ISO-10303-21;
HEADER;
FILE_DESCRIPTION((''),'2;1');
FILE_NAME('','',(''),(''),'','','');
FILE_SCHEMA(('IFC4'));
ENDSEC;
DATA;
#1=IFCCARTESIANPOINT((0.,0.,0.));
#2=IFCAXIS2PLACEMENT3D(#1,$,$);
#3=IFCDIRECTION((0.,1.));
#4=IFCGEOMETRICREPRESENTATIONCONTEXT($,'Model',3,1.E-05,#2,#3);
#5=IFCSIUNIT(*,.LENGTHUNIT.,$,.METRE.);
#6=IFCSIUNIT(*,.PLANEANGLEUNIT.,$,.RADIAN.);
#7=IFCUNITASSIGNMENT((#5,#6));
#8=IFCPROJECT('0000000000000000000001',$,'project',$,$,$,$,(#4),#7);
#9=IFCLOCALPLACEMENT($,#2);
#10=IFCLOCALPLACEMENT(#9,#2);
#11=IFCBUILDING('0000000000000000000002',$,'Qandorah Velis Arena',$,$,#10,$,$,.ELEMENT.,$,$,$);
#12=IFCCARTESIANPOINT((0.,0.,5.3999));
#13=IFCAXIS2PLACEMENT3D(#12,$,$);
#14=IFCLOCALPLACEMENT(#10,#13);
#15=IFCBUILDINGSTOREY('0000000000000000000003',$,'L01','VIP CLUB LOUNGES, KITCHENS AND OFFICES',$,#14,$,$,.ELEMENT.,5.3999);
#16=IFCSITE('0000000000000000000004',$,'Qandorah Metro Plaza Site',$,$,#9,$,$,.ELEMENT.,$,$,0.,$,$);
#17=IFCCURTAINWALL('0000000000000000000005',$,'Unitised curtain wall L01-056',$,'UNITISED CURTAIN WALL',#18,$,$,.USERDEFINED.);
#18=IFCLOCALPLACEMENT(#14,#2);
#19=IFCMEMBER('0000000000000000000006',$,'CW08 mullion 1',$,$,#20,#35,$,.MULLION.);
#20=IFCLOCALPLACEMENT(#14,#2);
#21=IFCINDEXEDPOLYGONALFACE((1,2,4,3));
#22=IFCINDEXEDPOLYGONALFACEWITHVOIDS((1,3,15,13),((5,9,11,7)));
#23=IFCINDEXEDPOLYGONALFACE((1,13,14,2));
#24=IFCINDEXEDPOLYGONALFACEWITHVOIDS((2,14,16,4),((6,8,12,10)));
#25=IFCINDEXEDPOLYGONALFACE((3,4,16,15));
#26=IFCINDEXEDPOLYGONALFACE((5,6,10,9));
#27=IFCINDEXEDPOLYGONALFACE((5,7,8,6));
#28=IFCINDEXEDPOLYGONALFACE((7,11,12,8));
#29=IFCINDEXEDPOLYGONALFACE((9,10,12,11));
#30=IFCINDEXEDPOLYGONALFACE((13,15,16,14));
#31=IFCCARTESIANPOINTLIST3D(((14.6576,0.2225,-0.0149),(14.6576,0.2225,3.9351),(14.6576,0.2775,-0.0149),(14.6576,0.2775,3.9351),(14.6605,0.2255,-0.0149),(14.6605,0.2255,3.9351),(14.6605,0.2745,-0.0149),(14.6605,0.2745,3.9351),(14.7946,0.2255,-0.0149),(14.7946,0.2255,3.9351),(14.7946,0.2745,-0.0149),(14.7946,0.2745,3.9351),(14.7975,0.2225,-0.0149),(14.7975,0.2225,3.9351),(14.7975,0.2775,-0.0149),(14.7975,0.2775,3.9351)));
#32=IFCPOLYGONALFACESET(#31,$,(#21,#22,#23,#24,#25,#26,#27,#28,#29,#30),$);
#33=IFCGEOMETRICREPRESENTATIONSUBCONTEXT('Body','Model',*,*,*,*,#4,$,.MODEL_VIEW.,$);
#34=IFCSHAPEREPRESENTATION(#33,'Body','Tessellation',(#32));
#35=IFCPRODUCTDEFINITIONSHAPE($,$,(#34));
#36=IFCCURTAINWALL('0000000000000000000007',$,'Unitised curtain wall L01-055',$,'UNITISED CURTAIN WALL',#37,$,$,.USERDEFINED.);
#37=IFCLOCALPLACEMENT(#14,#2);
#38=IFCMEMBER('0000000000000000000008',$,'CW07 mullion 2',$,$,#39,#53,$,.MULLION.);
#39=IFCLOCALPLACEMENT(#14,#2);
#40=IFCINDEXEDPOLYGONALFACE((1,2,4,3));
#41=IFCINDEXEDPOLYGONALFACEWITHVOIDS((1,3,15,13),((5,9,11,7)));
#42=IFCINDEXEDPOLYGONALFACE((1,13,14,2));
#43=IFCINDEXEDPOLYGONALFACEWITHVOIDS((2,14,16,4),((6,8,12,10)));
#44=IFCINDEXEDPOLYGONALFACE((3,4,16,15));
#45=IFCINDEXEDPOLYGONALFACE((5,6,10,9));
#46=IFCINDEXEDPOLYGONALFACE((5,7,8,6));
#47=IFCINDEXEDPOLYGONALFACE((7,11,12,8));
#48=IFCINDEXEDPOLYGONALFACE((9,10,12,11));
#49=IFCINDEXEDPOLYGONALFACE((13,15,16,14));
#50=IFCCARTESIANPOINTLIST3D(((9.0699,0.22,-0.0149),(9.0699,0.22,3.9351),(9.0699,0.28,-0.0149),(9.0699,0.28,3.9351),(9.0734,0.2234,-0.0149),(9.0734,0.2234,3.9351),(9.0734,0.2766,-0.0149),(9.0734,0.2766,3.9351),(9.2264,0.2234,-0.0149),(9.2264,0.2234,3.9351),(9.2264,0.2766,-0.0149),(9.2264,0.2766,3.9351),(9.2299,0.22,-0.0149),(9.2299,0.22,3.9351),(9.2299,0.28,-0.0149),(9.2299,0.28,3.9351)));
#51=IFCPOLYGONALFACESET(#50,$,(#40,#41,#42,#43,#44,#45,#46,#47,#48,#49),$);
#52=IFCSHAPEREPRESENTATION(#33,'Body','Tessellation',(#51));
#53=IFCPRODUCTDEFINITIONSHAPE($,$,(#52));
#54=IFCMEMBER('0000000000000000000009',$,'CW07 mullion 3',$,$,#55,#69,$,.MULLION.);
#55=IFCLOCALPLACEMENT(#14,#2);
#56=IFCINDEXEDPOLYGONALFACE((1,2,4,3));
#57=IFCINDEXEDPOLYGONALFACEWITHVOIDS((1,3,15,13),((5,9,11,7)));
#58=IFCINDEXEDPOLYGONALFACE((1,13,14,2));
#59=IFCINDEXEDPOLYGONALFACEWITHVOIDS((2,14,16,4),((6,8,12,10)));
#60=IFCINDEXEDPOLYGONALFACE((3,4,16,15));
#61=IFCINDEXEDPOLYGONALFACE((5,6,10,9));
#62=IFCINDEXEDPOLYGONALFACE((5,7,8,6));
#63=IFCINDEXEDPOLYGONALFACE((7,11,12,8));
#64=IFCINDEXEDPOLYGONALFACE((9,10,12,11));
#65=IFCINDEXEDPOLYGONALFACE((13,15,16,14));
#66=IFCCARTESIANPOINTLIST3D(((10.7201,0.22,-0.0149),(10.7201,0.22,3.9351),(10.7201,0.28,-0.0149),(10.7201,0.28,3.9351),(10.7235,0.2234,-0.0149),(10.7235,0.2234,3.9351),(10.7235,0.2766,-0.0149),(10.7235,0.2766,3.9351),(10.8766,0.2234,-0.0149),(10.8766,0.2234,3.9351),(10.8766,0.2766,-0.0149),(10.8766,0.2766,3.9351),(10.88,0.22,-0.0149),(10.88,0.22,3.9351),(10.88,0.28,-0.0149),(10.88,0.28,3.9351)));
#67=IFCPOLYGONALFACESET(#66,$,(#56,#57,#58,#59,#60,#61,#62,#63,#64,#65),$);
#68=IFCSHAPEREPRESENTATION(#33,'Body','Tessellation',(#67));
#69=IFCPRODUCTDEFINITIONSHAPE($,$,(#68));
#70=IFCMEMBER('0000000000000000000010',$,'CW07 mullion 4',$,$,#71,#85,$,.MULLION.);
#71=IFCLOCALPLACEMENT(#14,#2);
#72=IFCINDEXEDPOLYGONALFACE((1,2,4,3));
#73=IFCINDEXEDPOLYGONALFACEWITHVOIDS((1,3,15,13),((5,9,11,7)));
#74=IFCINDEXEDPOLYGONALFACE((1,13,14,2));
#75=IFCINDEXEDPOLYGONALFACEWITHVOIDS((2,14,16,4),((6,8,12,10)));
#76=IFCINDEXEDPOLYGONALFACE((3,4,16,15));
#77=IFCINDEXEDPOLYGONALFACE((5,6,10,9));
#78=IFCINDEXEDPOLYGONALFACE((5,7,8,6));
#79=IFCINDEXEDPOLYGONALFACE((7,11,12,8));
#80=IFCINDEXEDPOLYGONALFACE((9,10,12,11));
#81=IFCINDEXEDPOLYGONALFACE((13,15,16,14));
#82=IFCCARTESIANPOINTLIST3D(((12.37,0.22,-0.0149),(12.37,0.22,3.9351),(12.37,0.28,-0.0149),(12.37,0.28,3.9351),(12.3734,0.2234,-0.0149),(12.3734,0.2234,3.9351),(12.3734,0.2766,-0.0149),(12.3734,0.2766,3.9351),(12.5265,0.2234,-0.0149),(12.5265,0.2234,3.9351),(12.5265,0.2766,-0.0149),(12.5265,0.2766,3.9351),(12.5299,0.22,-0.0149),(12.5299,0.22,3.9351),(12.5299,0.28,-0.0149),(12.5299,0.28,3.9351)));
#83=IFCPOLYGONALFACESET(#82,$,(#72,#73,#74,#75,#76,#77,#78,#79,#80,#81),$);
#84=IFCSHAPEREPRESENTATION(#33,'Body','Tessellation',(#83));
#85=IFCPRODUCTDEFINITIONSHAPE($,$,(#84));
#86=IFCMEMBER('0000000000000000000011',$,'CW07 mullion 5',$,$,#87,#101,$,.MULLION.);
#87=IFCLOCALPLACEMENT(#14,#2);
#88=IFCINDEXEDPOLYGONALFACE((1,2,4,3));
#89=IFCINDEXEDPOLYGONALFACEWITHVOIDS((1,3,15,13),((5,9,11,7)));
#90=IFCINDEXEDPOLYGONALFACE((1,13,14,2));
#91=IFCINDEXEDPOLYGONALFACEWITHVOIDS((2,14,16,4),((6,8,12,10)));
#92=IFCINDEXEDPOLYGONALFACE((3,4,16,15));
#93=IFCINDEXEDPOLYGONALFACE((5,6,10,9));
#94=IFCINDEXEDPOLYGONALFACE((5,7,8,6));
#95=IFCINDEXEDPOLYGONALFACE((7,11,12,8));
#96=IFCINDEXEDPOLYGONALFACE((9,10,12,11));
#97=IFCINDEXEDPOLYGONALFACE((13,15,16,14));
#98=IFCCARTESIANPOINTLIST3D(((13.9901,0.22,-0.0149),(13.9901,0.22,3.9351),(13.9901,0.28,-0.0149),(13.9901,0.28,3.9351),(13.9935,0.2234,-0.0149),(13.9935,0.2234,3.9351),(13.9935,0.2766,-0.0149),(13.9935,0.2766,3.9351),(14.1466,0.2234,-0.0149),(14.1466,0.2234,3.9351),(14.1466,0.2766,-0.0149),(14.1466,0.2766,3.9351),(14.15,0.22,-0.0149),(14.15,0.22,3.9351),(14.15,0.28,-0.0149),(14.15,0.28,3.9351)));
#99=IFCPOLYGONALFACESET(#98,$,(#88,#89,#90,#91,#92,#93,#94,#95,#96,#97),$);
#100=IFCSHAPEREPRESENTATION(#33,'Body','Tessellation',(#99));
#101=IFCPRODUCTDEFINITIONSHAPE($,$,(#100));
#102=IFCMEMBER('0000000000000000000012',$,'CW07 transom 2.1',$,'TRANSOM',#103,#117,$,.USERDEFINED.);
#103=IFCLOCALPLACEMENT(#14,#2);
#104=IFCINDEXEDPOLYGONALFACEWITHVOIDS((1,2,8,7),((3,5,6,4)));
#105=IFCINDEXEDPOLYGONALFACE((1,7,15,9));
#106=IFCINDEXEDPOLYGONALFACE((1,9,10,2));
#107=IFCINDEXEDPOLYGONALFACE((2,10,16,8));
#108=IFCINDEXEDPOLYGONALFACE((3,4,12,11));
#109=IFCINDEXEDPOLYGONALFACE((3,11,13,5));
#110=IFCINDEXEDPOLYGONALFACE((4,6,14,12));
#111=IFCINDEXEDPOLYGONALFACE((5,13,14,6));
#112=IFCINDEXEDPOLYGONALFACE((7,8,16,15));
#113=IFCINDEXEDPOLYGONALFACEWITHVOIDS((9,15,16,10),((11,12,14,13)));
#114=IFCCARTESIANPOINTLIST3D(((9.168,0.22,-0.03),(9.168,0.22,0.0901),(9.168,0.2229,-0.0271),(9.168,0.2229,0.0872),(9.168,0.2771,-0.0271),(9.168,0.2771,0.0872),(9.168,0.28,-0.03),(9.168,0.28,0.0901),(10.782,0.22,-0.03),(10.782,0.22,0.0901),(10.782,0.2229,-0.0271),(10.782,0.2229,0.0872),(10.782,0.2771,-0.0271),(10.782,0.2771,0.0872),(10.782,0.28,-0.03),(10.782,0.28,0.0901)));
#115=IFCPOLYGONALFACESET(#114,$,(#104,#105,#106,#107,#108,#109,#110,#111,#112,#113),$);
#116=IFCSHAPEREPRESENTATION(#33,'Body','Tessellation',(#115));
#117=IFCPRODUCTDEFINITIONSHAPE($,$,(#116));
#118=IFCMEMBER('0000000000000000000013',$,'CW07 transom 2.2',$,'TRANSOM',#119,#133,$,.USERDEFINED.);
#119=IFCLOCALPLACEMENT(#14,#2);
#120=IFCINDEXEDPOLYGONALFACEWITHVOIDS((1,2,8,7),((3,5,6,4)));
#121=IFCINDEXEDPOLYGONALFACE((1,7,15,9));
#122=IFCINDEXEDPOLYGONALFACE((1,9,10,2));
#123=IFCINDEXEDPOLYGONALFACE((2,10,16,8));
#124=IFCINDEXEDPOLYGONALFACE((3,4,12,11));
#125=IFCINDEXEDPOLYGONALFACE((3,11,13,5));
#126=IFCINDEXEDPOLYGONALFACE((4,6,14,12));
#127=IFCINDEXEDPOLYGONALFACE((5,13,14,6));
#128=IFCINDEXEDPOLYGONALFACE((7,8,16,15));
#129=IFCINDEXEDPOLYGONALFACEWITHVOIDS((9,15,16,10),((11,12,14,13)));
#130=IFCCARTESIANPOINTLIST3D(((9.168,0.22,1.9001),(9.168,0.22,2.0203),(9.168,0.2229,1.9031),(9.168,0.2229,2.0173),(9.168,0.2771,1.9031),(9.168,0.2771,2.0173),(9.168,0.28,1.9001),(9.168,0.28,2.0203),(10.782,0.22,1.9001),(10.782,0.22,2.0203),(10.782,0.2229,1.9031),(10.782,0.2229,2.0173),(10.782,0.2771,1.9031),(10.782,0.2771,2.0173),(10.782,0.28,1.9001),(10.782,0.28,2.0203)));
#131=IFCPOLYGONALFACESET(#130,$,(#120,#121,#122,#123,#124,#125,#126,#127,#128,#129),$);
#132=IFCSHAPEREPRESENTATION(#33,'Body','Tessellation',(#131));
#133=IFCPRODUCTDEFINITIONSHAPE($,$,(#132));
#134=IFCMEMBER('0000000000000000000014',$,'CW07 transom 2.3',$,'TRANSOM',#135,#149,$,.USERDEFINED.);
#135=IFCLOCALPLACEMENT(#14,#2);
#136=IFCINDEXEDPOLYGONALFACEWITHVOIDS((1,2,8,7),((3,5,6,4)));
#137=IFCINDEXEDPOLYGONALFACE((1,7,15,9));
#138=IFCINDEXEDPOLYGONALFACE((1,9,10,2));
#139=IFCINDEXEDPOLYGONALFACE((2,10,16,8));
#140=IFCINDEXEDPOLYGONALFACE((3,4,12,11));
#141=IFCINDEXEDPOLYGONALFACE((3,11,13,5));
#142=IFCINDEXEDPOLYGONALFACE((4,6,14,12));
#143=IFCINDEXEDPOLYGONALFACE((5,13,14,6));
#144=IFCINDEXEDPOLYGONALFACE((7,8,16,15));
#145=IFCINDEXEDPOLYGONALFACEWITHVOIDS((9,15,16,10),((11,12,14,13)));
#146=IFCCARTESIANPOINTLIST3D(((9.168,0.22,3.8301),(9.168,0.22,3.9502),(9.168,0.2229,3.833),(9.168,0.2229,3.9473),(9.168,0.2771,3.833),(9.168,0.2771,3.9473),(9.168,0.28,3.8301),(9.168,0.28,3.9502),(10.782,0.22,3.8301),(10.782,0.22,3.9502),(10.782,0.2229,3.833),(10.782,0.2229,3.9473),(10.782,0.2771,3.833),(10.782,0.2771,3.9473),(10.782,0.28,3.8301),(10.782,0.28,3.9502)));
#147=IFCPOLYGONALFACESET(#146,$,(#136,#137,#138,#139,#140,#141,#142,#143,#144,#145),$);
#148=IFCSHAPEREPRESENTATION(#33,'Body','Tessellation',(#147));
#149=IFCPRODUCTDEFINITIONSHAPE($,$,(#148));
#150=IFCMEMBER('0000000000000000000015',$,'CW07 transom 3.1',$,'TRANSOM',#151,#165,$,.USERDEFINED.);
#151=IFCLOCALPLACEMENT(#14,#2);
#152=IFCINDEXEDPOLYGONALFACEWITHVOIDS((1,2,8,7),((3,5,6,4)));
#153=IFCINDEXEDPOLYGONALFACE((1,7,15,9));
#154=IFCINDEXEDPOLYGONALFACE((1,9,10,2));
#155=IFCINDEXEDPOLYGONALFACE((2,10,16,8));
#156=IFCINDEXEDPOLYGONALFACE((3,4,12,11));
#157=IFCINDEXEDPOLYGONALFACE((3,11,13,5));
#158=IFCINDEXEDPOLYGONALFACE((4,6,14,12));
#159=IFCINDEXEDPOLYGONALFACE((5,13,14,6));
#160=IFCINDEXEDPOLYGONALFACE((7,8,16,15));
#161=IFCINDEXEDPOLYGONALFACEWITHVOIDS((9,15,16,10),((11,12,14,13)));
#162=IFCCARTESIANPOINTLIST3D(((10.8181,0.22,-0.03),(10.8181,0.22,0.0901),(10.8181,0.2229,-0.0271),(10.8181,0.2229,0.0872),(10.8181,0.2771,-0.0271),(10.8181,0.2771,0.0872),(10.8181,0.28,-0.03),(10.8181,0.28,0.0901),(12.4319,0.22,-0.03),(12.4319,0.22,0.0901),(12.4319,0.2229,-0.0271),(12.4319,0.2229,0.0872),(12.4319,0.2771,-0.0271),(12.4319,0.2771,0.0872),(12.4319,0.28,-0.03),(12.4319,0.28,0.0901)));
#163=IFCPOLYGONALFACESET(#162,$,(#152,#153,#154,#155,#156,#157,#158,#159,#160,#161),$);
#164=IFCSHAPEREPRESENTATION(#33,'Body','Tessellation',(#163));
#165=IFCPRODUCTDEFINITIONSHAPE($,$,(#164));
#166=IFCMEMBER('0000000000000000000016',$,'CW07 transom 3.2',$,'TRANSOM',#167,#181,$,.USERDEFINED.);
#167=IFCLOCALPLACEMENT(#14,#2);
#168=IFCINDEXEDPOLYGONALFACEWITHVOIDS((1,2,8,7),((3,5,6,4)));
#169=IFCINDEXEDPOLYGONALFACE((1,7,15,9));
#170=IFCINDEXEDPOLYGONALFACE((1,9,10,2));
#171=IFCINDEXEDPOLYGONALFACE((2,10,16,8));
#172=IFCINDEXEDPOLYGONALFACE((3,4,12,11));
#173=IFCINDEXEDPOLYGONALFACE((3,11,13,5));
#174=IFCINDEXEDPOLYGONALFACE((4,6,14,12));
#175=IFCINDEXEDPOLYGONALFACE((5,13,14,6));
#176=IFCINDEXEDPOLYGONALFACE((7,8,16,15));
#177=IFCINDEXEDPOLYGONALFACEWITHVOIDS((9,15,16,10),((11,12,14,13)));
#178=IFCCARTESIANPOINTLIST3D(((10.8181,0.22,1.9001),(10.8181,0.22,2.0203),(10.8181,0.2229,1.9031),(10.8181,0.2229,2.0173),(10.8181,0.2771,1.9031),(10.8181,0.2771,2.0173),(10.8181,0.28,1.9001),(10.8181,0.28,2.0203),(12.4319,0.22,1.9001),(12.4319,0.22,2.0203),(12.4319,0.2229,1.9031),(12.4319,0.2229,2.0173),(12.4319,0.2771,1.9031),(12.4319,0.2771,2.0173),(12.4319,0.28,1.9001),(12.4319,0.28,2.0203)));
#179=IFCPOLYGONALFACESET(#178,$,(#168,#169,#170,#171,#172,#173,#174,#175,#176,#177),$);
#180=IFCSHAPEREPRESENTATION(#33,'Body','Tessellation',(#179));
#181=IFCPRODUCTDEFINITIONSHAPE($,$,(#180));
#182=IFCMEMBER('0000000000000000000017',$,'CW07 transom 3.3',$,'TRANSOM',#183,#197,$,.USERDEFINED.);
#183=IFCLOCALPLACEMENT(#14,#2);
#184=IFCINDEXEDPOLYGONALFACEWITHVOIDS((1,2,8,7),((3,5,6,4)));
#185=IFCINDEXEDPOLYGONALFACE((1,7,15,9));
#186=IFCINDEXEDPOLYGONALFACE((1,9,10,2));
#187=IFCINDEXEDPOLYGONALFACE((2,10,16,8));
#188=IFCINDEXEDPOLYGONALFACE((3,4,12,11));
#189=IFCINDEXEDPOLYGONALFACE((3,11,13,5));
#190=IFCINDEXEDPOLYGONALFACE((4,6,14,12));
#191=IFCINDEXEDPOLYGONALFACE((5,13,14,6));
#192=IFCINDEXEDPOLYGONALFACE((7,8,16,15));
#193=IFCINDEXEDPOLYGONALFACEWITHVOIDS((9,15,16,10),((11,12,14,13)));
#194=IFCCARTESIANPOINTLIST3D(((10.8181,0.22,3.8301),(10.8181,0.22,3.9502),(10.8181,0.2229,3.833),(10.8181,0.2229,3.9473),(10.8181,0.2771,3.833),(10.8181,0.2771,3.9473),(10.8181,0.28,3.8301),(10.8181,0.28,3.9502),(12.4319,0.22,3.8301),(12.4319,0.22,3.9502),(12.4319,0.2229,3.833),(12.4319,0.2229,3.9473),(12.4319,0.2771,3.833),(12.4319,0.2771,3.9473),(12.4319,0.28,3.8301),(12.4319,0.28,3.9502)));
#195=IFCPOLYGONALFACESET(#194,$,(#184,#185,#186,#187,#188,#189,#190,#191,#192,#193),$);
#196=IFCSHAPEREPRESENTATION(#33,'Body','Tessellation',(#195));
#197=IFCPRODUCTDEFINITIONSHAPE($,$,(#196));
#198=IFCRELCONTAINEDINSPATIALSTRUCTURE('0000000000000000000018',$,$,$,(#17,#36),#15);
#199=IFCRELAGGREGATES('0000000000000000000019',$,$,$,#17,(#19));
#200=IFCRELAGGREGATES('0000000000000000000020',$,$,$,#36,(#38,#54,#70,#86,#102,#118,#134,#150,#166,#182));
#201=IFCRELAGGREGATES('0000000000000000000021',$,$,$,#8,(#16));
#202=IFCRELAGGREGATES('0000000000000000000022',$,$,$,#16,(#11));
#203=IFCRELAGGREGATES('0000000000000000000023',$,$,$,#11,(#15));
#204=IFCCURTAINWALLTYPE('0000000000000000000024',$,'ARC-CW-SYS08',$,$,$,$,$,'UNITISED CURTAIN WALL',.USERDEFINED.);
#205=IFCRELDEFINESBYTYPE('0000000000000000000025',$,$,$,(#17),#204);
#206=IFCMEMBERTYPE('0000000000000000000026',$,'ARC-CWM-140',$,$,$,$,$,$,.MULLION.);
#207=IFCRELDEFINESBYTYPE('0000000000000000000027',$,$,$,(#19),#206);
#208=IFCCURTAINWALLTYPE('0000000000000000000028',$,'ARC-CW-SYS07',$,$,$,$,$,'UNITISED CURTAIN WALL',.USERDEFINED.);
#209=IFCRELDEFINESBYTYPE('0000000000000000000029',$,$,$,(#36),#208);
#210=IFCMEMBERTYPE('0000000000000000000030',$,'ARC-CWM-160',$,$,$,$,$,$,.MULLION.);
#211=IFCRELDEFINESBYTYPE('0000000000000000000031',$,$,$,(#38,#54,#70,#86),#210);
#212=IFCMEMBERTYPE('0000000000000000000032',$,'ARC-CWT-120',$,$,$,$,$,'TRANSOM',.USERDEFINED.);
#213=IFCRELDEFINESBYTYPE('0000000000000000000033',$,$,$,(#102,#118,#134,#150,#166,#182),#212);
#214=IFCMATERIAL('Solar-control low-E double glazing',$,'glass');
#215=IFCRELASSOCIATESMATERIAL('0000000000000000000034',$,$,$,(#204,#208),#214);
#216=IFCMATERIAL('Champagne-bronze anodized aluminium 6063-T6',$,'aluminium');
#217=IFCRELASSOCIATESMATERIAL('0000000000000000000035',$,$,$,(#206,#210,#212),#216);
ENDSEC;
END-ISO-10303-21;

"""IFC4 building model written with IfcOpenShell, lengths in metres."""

from ifc_helpers import new_model, si_unit, direction, frame, origin, origin_2d, place, context, subcontext, project, spatial, hollow_rectangle, extrude, material, material_profile, profile_set, type_object, element, aggregate, save


model = new_model("IFC4")

# Units and contexts
model_context = context("Model", 3, precision=1e-05, world=origin(), true_north=direction((0.0, 1.0)))
body_context = subcontext(model_context, "Body", "Model", "MODEL_VIEW")
ifc_project = project(units=[si_unit("LENGTHUNIT", "METRE"), si_unit("PLANEANGLEUNIT", "RADIAN")], contexts=[model_context])

# Site, building, storey
site_placement = place(None, origin())
site = spatial("IfcSite", under=ifc_project, at=site_placement, Name="Qandorah Metro Plaza Site", CompositionType="ELEMENT", RefElevation=0.0)
building_placement = place(site_placement, origin())
building = spatial("IfcBuilding", under=site, at=building_placement, Name="Qandorah Velis Arena", CompositionType="ELEMENT")
storey_placement = place(building_placement, frame((0.0, 0.0, 5.3999)))
storey = spatial("IfcBuildingStorey", under=building, at=storey_placement, Name="L01", Description="VIP CLUB LOUNGES, KITCHENS AND OFFICES", CompositionType="ELEMENT", Elevation=5.3999)

# Curtain wall, member
ifc_material_1 = material(Name="Solar-control low-E double glazing", Category="glass")
curtain_wall_type_1 = type_object("IfcCurtainWallType", Name="ARC-CW-SYS08", ElementType="UNITISED CURTAIN WALL", PredefinedType="USERDEFINED", material=ifc_material_1)
curtain_wall_1_placement = place(storey_placement, origin())
curtain_wall_1 = element("IfcCurtainWall", 1, at=curtain_wall_1_placement, inside=storey, type_object=curtain_wall_type_1, Name="Unitised curtain wall L01-056", ObjectType="UNITISED CURTAIN WALL", PredefinedType="USERDEFINED")
ifc_material_2 = material(Name="Champagne-bronze anodized aluminium 6063-T6", Category="aluminium")
ifc_material_profile_1 = material_profile(ifc_material_2, hollow_rectangle(XDim=0.0549, YDim=0.1399, WallThickness=0.0029, at=origin_2d()), Name="ALU MULLION 55x140")
ifc_profile_set_1 = profile_set([ifc_material_profile_1], Name="Champagne-bronze anodized aluminium 6063-T6")
member_type_1 = type_object("IfcMemberType", Name="ARC-CWM-140", PredefinedType="MULLION", material=ifc_profile_set_1)
member_1_placement = place(storey_placement, frame((14.7275, 0.25, -0.0149), z_axis=(0.0, 0.0, 1.0), x_axis=(0.0, 1.0, 0.0)))
member_1 = element("IfcMember", 2, at=member_1_placement, type_object=member_type_1, Name="CW08 mullion 1", PredefinedType="MULLION", context=body_context, shape_type="SweptSolid", body=[
    extrude(hollow_rectangle(XDim=0.0549, YDim=0.1399, WallThickness=0.0029, at=origin_2d()), origin(), (0.0, 0.0, 1.0), 3.95),
])
aggregate(curtain_wall_1, [member_1])

# Curtain wall, members
curtain_wall_type_2 = type_object("IfcCurtainWallType", Name="ARC-CW-SYS07", ElementType="UNITISED CURTAIN WALL", PredefinedType="USERDEFINED", material=ifc_material_1)
curtain_wall_2_placement = place(storey_placement, origin())
curtain_wall_2 = element("IfcCurtainWall", 3, at=curtain_wall_2_placement, inside=storey, type_object=curtain_wall_type_2, Name="Unitised curtain wall L01-055", ObjectType="UNITISED CURTAIN WALL", PredefinedType="USERDEFINED")
ifc_material_profile_2 = material_profile(ifc_material_2, hollow_rectangle(XDim=0.0601, YDim=0.1599, WallThickness=0.0034, at=origin_2d()), Name="ALU MULLION 60x160")
ifc_profile_set_2 = profile_set([ifc_material_profile_2], Name="Champagne-bronze anodized aluminium 6063-T6")
member_type_2 = type_object("IfcMemberType", Name="ARC-CWM-160", PredefinedType="MULLION", material=ifc_profile_set_2)
member_2_placement = place(storey_placement, frame((9.1499, 0.25, -0.0149), z_axis=(0.0, 0.0, 1.0), x_axis=(0.0, 1.0, 0.0)))
member_2 = element("IfcMember", 4, at=member_2_placement, type_object=member_type_2, Name="CW07 mullion 2", PredefinedType="MULLION", context=body_context, shape_type="SweptSolid", body=[
    extrude(hollow_rectangle(XDim=0.0601, YDim=0.1599, WallThickness=0.0034, at=origin_2d()), origin(), (0.0, 0.0, 1.0), 3.95),
])
member_3_placement = place(storey_placement, frame((10.8, 0.25, -0.0149), z_axis=(0.0, 0.0, 1.0), x_axis=(0.0, 1.0, 0.0)))
member_3 = element("IfcMember", 5, at=member_3_placement, type_object=member_type_2, Name="CW07 mullion 3", PredefinedType="MULLION", context=body_context, shape_type="SweptSolid", body=[
    extrude(hollow_rectangle(XDim=0.0601, YDim=0.1599, WallThickness=0.0034, at=origin_2d()), origin(), (0.0, 0.0, 1.0), 3.95),
])
member_4_placement = place(storey_placement, frame((12.45, 0.25, -0.0149), z_axis=(0.0, 0.0, 1.0), x_axis=(0.0, 1.0, 0.0)))
member_4 = element("IfcMember", 6, at=member_4_placement, type_object=member_type_2, Name="CW07 mullion 4", PredefinedType="MULLION", context=body_context, shape_type="SweptSolid", body=[
    extrude(hollow_rectangle(XDim=0.0601, YDim=0.1599, WallThickness=0.0034, at=origin_2d()), origin(), (0.0, 0.0, 1.0), 3.95),
])
member_5_placement = place(storey_placement, frame((14.0701, 0.25, -0.0149), z_axis=(0.0, 0.0, 1.0), x_axis=(0.0, 1.0, 0.0)))
member_5 = element("IfcMember", 7, at=member_5_placement, type_object=member_type_2, Name="CW07 mullion 5", PredefinedType="MULLION", context=body_context, shape_type="SweptSolid", body=[
    extrude(hollow_rectangle(XDim=0.0601, YDim=0.1599, WallThickness=0.0034, at=origin_2d()), origin(), (0.0, 0.0, 1.0), 3.95),
])
ifc_material_profile_3 = material_profile(ifc_material_2, hollow_rectangle(XDim=0.0601, YDim=0.1201, WallThickness=0.0029, at=origin_2d()), Name="ALU TRANSOM 60x120")
ifc_profile_set_3 = profile_set([ifc_material_profile_3], Name="Champagne-bronze anodized aluminium 6063-T6")
member_type_3 = type_object("IfcMemberType", Name="ARC-CWT-120", ElementType="TRANSOM", PredefinedType="USERDEFINED", material=ifc_profile_set_3)
member_6_placement = place(storey_placement, frame((9.168, 0.25, 0.03), z_axis=(1.0, 0.0, 0.0), x_axis=(0.0, 1.0, 0.0)))
member_6 = element("IfcMember", 8, at=member_6_placement, type_object=member_type_3, Name="CW07 transom 2.1", ObjectType="TRANSOM", PredefinedType="USERDEFINED", context=body_context, shape_type="SweptSolid", body=[
    extrude(hollow_rectangle(XDim=0.0601, YDim=0.1201, WallThickness=0.0029, at=origin_2d()), origin(), (0.0, 0.0, 1.0), 1.614),
])
member_7_placement = place(storey_placement, frame((9.168, 0.25, 1.9602), z_axis=(1.0, 0.0, 0.0), x_axis=(0.0, 1.0, 0.0)))
member_7 = element("IfcMember", 9, at=member_7_placement, type_object=member_type_3, Name="CW07 transom 2.2", ObjectType="TRANSOM", PredefinedType="USERDEFINED", context=body_context, shape_type="SweptSolid", body=[
    extrude(hollow_rectangle(XDim=0.0601, YDim=0.1201, WallThickness=0.0029, at=origin_2d()), origin(), (0.0, 0.0, 1.0), 1.614),
])
member_8_placement = place(storey_placement, frame((9.168, 0.25, 3.8901), z_axis=(1.0, 0.0, 0.0), x_axis=(0.0, 1.0, 0.0)))
member_8 = element("IfcMember", 10, at=member_8_placement, type_object=member_type_3, Name="CW07 transom 2.3", ObjectType="TRANSOM", PredefinedType="USERDEFINED", context=body_context, shape_type="SweptSolid", body=[
    extrude(hollow_rectangle(XDim=0.0601, YDim=0.1201, WallThickness=0.0029, at=origin_2d()), origin(), (0.0, 0.0, 1.0), 1.614),
])
member_9_placement = place(storey_placement, frame((10.8181, 0.25, 0.03), z_axis=(1.0, 0.0, 0.0), x_axis=(0.0, 1.0, 0.0)))
member_9 = element("IfcMember", 11, at=member_9_placement, type_object=member_type_3, Name="CW07 transom 3.1", ObjectType="TRANSOM", PredefinedType="USERDEFINED", context=body_context, shape_type="SweptSolid", body=[
    extrude(hollow_rectangle(XDim=0.0601, YDim=0.1201, WallThickness=0.0029, at=origin_2d()), origin(), (0.0, 0.0, 1.0), 1.6138),
])
member_10_placement = place(storey_placement, frame((10.8181, 0.25, 1.9602), z_axis=(1.0, 0.0, 0.0), x_axis=(0.0, 1.0, 0.0)))
member_10 = element("IfcMember", 12, at=member_10_placement, type_object=member_type_3, Name="CW07 transom 3.2", ObjectType="TRANSOM", PredefinedType="USERDEFINED", context=body_context, shape_type="SweptSolid", body=[
    extrude(hollow_rectangle(XDim=0.0601, YDim=0.1201, WallThickness=0.0029, at=origin_2d()), origin(), (0.0, 0.0, 1.0), 1.6138),
])
member_11_placement = place(storey_placement, frame((10.8181, 0.25, 3.8901), z_axis=(1.0, 0.0, 0.0), x_axis=(0.0, 1.0, 0.0)))
member_11 = element("IfcMember", 13, at=member_11_placement, type_object=member_type_3, Name="CW07 transom 3.3", ObjectType="TRANSOM", PredefinedType="USERDEFINED", context=body_context, shape_type="SweptSolid", body=[
    extrude(hollow_rectangle(XDim=0.0601, YDim=0.1201, WallThickness=0.0029, at=origin_2d()), origin(), (0.0, 0.0, 1.0), 1.6138),
])

aggregate(curtain_wall_2, [member_2, member_3, member_4, member_5, member_6, member_7, member_8, member_9, member_10, member_11])

save(model, "model.ifc")
